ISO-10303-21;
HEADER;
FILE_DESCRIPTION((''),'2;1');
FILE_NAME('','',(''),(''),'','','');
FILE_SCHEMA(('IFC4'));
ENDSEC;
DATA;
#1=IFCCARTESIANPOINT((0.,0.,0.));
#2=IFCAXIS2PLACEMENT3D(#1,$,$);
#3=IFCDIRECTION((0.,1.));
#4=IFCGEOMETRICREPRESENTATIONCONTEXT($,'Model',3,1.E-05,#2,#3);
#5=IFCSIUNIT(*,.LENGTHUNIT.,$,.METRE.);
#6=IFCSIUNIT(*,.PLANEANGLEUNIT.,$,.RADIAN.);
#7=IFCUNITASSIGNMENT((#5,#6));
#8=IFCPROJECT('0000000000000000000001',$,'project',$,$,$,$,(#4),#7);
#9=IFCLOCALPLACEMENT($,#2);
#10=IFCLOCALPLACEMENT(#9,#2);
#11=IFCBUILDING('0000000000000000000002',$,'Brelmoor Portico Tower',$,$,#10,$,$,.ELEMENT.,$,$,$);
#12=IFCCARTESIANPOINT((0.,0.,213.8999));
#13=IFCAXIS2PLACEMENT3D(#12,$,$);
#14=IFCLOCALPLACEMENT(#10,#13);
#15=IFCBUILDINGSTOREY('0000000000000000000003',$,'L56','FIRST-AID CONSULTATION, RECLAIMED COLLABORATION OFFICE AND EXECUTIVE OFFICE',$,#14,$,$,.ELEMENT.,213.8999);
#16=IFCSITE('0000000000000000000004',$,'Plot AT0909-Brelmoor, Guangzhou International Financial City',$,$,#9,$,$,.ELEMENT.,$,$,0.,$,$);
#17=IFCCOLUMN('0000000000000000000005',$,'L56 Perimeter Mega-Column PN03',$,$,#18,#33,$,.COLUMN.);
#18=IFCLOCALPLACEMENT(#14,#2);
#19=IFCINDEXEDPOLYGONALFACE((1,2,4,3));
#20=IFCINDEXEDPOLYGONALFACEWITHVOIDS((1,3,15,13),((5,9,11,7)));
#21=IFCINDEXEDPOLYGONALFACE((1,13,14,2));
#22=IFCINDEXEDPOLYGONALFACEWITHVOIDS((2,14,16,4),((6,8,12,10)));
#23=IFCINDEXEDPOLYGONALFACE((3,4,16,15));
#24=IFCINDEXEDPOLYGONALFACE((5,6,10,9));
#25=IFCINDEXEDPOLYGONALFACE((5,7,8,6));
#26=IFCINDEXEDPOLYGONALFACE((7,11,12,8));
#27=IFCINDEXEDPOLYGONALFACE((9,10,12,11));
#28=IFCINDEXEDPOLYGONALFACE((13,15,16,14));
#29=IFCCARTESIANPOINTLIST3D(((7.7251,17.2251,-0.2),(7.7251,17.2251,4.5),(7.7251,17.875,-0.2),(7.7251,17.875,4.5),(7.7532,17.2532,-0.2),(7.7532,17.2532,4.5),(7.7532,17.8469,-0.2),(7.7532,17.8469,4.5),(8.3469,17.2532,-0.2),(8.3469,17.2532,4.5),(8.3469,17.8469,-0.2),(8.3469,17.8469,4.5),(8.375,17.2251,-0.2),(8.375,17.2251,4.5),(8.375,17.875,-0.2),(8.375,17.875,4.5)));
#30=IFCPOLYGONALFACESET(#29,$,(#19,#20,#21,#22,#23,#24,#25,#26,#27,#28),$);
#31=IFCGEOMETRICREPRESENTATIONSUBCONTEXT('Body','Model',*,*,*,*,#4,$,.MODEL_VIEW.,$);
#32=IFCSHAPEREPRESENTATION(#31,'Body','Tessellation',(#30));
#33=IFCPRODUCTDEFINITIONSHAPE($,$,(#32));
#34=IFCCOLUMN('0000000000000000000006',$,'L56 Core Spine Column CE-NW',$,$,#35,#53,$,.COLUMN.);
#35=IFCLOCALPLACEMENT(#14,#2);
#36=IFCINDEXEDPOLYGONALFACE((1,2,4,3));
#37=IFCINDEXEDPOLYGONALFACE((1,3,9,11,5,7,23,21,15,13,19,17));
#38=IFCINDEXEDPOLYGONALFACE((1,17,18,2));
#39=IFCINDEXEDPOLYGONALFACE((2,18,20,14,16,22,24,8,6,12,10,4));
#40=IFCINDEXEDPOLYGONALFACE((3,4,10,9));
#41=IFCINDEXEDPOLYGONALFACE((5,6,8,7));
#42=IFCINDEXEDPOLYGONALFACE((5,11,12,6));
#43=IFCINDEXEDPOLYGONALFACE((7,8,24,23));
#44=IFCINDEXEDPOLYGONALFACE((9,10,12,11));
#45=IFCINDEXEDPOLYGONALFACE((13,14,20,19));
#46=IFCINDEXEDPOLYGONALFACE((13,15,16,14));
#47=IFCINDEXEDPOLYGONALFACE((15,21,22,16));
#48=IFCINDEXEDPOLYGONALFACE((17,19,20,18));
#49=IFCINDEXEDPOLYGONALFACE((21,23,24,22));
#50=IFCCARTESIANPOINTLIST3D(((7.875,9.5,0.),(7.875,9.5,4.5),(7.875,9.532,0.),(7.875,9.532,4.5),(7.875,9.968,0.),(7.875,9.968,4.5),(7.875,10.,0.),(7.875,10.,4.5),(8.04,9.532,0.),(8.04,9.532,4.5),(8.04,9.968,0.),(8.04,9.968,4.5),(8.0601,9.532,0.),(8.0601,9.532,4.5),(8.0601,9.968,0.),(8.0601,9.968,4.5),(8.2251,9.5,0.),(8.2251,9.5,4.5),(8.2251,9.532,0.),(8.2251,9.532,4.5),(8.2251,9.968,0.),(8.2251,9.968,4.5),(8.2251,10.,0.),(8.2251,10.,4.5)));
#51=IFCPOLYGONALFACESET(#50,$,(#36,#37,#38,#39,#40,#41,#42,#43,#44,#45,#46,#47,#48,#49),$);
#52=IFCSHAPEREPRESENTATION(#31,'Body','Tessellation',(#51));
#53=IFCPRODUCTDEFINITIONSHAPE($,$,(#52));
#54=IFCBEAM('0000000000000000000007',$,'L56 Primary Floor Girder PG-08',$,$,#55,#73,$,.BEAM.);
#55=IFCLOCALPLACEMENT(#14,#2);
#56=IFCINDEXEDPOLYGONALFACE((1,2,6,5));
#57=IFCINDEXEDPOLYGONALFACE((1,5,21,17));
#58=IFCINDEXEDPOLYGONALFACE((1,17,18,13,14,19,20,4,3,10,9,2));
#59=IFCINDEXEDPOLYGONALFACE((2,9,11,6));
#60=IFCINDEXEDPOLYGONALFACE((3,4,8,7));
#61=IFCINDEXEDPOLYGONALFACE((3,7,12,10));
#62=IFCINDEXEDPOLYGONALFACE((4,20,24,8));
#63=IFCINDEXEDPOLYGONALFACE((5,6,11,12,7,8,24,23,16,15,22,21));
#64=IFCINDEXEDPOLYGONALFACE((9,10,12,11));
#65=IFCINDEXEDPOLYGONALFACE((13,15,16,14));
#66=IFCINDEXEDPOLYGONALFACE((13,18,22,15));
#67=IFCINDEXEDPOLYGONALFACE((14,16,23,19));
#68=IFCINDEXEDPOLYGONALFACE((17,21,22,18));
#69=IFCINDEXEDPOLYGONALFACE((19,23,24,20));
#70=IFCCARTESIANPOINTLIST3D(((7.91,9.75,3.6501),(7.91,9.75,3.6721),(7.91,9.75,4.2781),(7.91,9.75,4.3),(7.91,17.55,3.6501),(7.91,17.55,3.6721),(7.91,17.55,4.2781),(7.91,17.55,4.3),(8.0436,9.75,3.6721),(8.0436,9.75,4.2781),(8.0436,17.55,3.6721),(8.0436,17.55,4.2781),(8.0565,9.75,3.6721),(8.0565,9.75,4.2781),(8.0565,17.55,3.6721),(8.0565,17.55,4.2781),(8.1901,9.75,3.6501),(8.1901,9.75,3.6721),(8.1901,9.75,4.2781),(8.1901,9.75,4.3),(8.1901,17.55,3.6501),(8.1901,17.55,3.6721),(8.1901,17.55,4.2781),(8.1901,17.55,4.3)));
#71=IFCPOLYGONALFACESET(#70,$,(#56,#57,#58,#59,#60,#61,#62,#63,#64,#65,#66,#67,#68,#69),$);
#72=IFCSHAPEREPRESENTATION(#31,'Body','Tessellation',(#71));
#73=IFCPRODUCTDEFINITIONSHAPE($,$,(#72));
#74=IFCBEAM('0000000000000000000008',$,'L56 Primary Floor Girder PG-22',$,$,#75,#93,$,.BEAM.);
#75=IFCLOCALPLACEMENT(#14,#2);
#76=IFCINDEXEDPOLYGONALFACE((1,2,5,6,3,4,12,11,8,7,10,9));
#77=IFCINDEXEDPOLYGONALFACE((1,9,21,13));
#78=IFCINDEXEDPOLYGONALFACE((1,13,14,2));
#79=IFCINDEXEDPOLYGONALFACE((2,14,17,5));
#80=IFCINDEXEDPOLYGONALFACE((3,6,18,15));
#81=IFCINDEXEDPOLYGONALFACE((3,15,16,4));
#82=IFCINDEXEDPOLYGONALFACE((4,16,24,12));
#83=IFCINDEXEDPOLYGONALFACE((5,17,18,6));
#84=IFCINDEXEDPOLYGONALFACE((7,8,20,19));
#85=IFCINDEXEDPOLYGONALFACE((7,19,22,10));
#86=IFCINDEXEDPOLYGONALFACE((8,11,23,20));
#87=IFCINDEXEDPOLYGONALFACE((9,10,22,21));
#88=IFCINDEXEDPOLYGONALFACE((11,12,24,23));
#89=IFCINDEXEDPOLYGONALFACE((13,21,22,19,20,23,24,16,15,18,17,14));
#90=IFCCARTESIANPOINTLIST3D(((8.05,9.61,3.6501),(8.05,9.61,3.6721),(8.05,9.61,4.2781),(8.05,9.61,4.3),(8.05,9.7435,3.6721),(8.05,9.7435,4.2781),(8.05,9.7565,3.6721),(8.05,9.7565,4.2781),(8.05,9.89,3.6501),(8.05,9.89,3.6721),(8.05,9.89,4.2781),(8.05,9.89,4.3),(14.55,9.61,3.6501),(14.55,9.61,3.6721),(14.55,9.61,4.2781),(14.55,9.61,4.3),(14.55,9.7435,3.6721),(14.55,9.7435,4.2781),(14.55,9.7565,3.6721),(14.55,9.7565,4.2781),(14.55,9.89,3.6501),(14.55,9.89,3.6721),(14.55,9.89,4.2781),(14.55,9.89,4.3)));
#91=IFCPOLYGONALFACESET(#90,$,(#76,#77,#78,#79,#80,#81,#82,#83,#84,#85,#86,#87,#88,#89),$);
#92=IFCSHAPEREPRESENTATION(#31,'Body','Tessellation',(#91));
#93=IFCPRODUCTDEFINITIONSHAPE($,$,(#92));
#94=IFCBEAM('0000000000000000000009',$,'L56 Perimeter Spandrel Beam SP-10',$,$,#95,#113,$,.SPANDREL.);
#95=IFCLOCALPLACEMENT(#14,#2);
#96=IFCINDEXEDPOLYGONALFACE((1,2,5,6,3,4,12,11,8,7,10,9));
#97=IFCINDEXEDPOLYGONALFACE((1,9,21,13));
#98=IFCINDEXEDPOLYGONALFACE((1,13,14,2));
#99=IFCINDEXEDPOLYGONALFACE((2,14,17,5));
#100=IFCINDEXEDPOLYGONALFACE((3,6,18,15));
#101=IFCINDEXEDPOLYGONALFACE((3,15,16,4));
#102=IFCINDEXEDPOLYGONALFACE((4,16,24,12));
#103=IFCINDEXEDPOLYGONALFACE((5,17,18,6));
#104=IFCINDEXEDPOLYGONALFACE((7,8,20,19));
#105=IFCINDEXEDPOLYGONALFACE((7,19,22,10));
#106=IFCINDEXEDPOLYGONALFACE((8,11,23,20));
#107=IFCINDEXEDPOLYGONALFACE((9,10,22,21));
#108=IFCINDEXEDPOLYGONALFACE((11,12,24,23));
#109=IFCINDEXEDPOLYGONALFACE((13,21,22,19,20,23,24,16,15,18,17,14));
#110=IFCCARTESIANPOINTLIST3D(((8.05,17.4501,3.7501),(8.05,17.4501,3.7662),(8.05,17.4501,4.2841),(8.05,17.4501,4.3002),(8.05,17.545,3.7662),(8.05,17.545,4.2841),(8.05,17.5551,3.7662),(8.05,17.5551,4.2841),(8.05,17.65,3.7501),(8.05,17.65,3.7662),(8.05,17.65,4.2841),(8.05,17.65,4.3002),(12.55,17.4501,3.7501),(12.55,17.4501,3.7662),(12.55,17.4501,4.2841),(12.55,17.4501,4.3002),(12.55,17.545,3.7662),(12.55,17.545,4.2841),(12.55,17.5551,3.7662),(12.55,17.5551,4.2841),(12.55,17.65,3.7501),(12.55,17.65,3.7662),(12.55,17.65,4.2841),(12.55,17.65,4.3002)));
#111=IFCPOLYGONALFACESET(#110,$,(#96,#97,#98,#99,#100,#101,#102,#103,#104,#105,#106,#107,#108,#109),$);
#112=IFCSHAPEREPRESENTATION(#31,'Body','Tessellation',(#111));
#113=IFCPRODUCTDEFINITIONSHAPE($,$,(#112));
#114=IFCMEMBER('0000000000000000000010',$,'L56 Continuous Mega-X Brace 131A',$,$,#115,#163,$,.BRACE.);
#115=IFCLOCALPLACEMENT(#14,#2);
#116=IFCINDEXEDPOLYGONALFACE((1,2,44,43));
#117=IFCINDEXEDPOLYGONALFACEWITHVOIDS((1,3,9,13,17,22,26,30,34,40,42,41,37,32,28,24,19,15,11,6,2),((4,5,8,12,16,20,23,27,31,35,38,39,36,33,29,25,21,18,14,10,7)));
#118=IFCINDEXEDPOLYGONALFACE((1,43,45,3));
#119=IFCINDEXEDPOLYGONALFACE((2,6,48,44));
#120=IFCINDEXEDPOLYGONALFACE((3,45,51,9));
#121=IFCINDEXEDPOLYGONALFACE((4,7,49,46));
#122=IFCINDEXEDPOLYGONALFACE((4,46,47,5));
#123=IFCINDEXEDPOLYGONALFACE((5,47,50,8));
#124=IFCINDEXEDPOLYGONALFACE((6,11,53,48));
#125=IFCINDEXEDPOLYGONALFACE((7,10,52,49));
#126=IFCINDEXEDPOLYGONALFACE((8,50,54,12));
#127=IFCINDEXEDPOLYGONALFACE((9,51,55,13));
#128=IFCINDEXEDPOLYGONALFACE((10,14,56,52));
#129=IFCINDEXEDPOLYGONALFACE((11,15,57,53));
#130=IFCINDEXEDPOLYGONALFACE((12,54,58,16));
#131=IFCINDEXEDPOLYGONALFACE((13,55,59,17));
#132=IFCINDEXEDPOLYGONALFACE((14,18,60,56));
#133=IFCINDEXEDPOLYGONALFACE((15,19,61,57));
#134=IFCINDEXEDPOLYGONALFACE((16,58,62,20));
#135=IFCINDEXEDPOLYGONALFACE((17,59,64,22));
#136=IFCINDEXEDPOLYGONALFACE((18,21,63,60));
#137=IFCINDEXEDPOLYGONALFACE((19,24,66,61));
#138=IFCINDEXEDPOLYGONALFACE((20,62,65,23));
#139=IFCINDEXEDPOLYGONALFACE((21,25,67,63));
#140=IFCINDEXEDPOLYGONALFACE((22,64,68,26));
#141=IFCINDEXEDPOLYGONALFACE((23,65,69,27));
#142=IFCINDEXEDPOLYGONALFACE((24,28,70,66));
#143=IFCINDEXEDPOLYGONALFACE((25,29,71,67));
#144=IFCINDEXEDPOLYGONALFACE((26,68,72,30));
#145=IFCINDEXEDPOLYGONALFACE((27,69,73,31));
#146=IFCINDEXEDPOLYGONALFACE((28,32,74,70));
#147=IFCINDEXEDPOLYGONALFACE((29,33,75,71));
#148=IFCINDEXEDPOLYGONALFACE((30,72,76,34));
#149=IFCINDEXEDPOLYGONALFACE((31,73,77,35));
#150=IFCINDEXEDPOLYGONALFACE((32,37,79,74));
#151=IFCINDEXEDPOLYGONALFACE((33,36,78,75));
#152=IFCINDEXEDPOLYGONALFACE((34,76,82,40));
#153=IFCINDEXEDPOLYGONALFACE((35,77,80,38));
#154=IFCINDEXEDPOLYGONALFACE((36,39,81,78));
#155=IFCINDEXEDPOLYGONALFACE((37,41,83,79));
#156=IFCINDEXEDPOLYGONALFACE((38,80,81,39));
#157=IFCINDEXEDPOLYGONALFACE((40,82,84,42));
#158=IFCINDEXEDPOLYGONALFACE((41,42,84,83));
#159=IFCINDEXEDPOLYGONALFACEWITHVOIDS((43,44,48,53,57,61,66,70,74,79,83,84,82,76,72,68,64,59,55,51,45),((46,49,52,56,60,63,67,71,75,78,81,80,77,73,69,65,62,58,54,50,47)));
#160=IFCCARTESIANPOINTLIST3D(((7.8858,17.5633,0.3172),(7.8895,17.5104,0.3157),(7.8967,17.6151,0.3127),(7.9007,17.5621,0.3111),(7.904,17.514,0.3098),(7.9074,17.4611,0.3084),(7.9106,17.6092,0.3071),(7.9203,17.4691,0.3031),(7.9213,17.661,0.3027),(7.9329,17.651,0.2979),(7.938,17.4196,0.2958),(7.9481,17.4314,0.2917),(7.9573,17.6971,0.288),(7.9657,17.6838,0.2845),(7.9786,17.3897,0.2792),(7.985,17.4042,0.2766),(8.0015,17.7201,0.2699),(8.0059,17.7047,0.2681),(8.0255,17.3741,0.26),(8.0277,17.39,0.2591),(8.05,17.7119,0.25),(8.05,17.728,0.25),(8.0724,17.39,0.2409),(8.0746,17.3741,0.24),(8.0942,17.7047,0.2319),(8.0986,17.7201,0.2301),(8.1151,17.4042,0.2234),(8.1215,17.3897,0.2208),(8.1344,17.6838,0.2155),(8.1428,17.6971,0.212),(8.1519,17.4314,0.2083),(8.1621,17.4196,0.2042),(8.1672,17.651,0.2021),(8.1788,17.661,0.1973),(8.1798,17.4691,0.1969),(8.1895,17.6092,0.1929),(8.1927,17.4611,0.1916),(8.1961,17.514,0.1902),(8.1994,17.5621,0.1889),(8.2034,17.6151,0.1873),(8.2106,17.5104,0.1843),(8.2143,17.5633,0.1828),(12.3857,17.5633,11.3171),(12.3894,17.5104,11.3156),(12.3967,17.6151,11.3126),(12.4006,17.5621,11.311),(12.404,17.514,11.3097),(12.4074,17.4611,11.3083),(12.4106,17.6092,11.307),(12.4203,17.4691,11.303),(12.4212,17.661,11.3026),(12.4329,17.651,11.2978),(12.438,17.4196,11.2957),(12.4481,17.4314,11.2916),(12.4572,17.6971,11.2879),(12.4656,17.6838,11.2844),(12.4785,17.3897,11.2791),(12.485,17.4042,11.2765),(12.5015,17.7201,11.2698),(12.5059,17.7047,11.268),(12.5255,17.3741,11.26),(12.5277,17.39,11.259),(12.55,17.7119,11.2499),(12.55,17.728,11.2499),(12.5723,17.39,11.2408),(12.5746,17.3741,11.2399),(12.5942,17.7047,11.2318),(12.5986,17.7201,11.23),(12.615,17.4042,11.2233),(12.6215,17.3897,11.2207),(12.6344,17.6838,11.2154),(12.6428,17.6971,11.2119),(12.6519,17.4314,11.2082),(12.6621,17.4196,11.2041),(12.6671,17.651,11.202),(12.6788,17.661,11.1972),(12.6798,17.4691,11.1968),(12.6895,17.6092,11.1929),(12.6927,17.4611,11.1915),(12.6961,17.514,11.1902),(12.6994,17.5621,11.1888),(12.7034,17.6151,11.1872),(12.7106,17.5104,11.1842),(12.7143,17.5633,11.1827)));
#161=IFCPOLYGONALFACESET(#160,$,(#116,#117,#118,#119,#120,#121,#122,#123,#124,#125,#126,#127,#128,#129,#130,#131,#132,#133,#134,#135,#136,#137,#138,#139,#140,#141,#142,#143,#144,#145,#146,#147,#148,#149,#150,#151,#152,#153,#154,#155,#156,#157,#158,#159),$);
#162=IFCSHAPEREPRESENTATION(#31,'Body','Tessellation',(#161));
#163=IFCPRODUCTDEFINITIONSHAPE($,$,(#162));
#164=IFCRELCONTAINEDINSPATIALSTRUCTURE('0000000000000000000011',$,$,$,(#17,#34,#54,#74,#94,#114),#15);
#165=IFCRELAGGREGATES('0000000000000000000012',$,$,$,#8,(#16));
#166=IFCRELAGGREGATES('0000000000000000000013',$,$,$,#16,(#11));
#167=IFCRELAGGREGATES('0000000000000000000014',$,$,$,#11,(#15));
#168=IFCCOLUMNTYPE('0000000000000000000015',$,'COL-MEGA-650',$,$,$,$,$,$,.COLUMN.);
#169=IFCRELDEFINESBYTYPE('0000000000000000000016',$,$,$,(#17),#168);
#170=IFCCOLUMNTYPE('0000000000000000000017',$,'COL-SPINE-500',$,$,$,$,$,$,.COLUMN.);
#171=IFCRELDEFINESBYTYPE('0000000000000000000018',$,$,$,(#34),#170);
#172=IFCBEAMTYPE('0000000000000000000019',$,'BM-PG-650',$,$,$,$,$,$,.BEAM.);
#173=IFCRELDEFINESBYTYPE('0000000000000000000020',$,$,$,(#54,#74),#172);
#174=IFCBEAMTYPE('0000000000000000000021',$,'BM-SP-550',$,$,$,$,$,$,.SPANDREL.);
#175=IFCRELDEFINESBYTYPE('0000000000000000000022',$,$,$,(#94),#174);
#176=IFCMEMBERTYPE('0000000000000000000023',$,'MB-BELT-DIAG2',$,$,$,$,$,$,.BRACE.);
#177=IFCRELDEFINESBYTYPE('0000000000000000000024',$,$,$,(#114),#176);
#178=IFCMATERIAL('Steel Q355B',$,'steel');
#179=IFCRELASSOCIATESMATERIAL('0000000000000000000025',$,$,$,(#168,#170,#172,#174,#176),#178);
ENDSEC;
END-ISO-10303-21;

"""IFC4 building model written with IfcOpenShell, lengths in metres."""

from ifc_helpers import new_model, si_unit, direction, frame, origin, origin_2d, place, context, subcontext, project, spatial, hollow_rectangle, hollow_circle, i_section, extrude, material, material_profile, profile_set, type_object, element, save


model = new_model("IFC4")

# Units and contexts
model_context = context("Model", 3, precision=1e-05, world=origin(), true_north=direction((0.0, 1.0)))
body_context = subcontext(model_context, "Body", "Model", "MODEL_VIEW")
ifc_project = project(units=[si_unit("LENGTHUNIT", "METRE"), si_unit("PLANEANGLEUNIT", "RADIAN")], contexts=[model_context])

# Site, building, storey
site_placement = place(None, origin())
site = spatial("IfcSite", under=ifc_project, at=site_placement, Name="Plot AT0909-Brelmoor, Guangzhou International Financial City", CompositionType="ELEMENT", RefElevation=0.0)
building_placement = place(site_placement, origin())
building = spatial("IfcBuilding", under=site, at=building_placement, Name="Brelmoor Portico Tower", CompositionType="ELEMENT")
storey_placement = place(building_placement, frame((0.0, 0.0, 213.8999)))
storey = spatial("IfcBuildingStorey", under=building, at=storey_placement, Name="L56", Description="FIRST-AID CONSULTATION, RECLAIMED COLLABORATION OFFICE AND EXECUTIVE OFFICE", CompositionType="ELEMENT", Elevation=213.8999)

# Columns
ifc_material_1 = material(Name="Steel Q355B", Category="steel")
ifc_material_profile_1 = material_profile(ifc_material_1, hollow_rectangle(XDim=0.6499, YDim=0.6499, WallThickness=0.0281, at=origin_2d()), Name="BOX 650x650x28")
ifc_profile_set_1 = profile_set([ifc_material_profile_1], Name="Steel Q355B")
column_type_1 = type_object("IfcColumnType", Name="COL-MEGA-650", PredefinedType="COLUMN", material=ifc_profile_set_1)
column_1_placement = place(storey_placement, frame((8.05, 17.55, -0.2), z_axis=(0.0, 0.0, 1.0), x_axis=(1.0, 0.0, 0.0)))
element("IfcColumn", 1, at=column_1_placement, inside=storey, type_object=column_type_1, Name="L56 Perimeter Mega-Column PN03", PredefinedType="COLUMN", context=body_context, shape_type="SweptSolid", body=[
    extrude(hollow_rectangle(XDim=0.6499, YDim=0.6499, WallThickness=0.0281, at=origin_2d()), origin(), (0.0, 0.0, 1.0), 4.7),
])
ifc_material_profile_2 = material_profile(ifc_material_1, i_section(OverallWidth=0.3501, OverallDepth=0.5, WebThickness=0.02, FlangeThickness=0.032, at=origin_2d()), Name="HW 500x350x20x32")
ifc_profile_set_2 = profile_set([ifc_material_profile_2], Name="Steel Q355B")
column_type_2 = type_object("IfcColumnType", Name="COL-SPINE-500", PredefinedType="COLUMN", material=ifc_profile_set_2)
column_2_placement = place(storey_placement, frame((8.05, 9.75, 0.0), z_axis=(0.0, 0.0, 1.0), x_axis=(1.0, 0.0, 0.0)))
element("IfcColumn", 2, at=column_2_placement, inside=storey, type_object=column_type_2, Name="L56 Core Spine Column CE-NW", PredefinedType="COLUMN", context=body_context, shape_type="SweptSolid", body=[
    extrude(i_section(OverallWidth=0.3501, OverallDepth=0.5, WebThickness=0.02, FlangeThickness=0.032, at=origin_2d()), origin(), (0.0, 0.0, 1.0), 4.5),
])

# Beams
ifc_material_profile_3 = material_profile(ifc_material_1, i_section(OverallWidth=0.28, OverallDepth=0.6499, WebThickness=0.0129, FlangeThickness=0.022, at=origin_2d()), Name="HN 650x280x13x22")
ifc_profile_set_3 = profile_set([ifc_material_profile_3], Name="Steel Q355B")
beam_type_1 = type_object("IfcBeamType", Name="BM-PG-650", PredefinedType="BEAM", material=ifc_profile_set_3)
beam_1_placement = place(storey_placement, frame((8.05, 9.75, 3.9751), z_axis=(0.0, 1.0, 0.0), x_axis=(-1.0, 0.0, 0.0)))
element("IfcBeam", 3, at=beam_1_placement, inside=storey, type_object=beam_type_1, Name="L56 Primary Floor Girder PG-08", PredefinedType="BEAM", context=body_context, shape_type="SweptSolid", body=[
    extrude(i_section(OverallWidth=0.28, OverallDepth=0.6499, WebThickness=0.0129, FlangeThickness=0.022, at=origin_2d()), origin(), (0.0, 0.0, 1.0), 7.8),
])
beam_2_placement = place(storey_placement, frame((8.05, 9.75, 3.9751), z_axis=(1.0, 0.0, 0.0), x_axis=(0.0, 1.0, 0.0)))
element("IfcBeam", 4, at=beam_2_placement, inside=storey, type_object=beam_type_1, Name="L56 Primary Floor Girder PG-22", PredefinedType="BEAM", context=body_context, shape_type="SweptSolid", body=[
    extrude(i_section(OverallWidth=0.28, OverallDepth=0.6499, WebThickness=0.0129, FlangeThickness=0.022, at=origin_2d()), origin(), (0.0, 0.0, 1.0), 6.5),
])
ifc_material_profile_4 = material_profile(ifc_material_1, i_section(OverallWidth=0.2, OverallDepth=0.55, WebThickness=0.01, FlangeThickness=0.0161, at=origin_2d()), Name="HN 550x200x10x16")
ifc_profile_set_4 = profile_set([ifc_material_profile_4], Name="Steel Q355B")
beam_type_2 = type_object("IfcBeamType", Name="BM-SP-550", PredefinedType="SPANDREL", material=ifc_profile_set_4)
beam_3_placement = place(storey_placement, frame((8.05, 17.55, 4.0251), z_axis=(1.0, 0.0, 0.0), x_axis=(0.0, 1.0, 0.0)))
element("IfcBeam", 5, at=beam_3_placement, inside=storey, type_object=beam_type_2, Name="L56 Perimeter Spandrel Beam SP-10", PredefinedType="SPANDREL", context=body_context, shape_type="SweptSolid", body=[
    extrude(i_section(OverallWidth=0.2, OverallDepth=0.55, WebThickness=0.01, FlangeThickness=0.0161, at=origin_2d()), origin(), (0.0, 0.0, 1.0), 4.5),
])

# Member
ifc_material_profile_5 = material_profile(ifc_material_1, hollow_circle(Radius=0.178, WallThickness=0.0161, at=origin_2d()), Name="CHS 356x16")
ifc_profile_set_5 = profile_set([ifc_material_profile_5], Name="Steel Q355B")
member_type_1 = type_object("IfcMemberType", Name="MB-BELT-DIAG2", PredefinedType="BRACE", material=ifc_profile_set_5)
member_1_placement = place(storey_placement, frame((8.05, 17.55, 0.25), z_axis=(0.378633, 0.0, 0.925547), x_axis=(0.0, 1.0, 0.0)))
element("IfcMember", 6, at=member_1_placement, inside=storey, type_object=member_type_1, Name="L56 Continuous Mega-X Brace 131A", PredefinedType="BRACE", context=body_context, shape_type="SweptSolid", body=[
    extrude(hollow_circle(Radius=0.178, WallThickness=0.0161, at=origin_2d()), origin(), (0.0, 0.0, 1.0), 11.8848),
])

save(model, "model.ifc")
